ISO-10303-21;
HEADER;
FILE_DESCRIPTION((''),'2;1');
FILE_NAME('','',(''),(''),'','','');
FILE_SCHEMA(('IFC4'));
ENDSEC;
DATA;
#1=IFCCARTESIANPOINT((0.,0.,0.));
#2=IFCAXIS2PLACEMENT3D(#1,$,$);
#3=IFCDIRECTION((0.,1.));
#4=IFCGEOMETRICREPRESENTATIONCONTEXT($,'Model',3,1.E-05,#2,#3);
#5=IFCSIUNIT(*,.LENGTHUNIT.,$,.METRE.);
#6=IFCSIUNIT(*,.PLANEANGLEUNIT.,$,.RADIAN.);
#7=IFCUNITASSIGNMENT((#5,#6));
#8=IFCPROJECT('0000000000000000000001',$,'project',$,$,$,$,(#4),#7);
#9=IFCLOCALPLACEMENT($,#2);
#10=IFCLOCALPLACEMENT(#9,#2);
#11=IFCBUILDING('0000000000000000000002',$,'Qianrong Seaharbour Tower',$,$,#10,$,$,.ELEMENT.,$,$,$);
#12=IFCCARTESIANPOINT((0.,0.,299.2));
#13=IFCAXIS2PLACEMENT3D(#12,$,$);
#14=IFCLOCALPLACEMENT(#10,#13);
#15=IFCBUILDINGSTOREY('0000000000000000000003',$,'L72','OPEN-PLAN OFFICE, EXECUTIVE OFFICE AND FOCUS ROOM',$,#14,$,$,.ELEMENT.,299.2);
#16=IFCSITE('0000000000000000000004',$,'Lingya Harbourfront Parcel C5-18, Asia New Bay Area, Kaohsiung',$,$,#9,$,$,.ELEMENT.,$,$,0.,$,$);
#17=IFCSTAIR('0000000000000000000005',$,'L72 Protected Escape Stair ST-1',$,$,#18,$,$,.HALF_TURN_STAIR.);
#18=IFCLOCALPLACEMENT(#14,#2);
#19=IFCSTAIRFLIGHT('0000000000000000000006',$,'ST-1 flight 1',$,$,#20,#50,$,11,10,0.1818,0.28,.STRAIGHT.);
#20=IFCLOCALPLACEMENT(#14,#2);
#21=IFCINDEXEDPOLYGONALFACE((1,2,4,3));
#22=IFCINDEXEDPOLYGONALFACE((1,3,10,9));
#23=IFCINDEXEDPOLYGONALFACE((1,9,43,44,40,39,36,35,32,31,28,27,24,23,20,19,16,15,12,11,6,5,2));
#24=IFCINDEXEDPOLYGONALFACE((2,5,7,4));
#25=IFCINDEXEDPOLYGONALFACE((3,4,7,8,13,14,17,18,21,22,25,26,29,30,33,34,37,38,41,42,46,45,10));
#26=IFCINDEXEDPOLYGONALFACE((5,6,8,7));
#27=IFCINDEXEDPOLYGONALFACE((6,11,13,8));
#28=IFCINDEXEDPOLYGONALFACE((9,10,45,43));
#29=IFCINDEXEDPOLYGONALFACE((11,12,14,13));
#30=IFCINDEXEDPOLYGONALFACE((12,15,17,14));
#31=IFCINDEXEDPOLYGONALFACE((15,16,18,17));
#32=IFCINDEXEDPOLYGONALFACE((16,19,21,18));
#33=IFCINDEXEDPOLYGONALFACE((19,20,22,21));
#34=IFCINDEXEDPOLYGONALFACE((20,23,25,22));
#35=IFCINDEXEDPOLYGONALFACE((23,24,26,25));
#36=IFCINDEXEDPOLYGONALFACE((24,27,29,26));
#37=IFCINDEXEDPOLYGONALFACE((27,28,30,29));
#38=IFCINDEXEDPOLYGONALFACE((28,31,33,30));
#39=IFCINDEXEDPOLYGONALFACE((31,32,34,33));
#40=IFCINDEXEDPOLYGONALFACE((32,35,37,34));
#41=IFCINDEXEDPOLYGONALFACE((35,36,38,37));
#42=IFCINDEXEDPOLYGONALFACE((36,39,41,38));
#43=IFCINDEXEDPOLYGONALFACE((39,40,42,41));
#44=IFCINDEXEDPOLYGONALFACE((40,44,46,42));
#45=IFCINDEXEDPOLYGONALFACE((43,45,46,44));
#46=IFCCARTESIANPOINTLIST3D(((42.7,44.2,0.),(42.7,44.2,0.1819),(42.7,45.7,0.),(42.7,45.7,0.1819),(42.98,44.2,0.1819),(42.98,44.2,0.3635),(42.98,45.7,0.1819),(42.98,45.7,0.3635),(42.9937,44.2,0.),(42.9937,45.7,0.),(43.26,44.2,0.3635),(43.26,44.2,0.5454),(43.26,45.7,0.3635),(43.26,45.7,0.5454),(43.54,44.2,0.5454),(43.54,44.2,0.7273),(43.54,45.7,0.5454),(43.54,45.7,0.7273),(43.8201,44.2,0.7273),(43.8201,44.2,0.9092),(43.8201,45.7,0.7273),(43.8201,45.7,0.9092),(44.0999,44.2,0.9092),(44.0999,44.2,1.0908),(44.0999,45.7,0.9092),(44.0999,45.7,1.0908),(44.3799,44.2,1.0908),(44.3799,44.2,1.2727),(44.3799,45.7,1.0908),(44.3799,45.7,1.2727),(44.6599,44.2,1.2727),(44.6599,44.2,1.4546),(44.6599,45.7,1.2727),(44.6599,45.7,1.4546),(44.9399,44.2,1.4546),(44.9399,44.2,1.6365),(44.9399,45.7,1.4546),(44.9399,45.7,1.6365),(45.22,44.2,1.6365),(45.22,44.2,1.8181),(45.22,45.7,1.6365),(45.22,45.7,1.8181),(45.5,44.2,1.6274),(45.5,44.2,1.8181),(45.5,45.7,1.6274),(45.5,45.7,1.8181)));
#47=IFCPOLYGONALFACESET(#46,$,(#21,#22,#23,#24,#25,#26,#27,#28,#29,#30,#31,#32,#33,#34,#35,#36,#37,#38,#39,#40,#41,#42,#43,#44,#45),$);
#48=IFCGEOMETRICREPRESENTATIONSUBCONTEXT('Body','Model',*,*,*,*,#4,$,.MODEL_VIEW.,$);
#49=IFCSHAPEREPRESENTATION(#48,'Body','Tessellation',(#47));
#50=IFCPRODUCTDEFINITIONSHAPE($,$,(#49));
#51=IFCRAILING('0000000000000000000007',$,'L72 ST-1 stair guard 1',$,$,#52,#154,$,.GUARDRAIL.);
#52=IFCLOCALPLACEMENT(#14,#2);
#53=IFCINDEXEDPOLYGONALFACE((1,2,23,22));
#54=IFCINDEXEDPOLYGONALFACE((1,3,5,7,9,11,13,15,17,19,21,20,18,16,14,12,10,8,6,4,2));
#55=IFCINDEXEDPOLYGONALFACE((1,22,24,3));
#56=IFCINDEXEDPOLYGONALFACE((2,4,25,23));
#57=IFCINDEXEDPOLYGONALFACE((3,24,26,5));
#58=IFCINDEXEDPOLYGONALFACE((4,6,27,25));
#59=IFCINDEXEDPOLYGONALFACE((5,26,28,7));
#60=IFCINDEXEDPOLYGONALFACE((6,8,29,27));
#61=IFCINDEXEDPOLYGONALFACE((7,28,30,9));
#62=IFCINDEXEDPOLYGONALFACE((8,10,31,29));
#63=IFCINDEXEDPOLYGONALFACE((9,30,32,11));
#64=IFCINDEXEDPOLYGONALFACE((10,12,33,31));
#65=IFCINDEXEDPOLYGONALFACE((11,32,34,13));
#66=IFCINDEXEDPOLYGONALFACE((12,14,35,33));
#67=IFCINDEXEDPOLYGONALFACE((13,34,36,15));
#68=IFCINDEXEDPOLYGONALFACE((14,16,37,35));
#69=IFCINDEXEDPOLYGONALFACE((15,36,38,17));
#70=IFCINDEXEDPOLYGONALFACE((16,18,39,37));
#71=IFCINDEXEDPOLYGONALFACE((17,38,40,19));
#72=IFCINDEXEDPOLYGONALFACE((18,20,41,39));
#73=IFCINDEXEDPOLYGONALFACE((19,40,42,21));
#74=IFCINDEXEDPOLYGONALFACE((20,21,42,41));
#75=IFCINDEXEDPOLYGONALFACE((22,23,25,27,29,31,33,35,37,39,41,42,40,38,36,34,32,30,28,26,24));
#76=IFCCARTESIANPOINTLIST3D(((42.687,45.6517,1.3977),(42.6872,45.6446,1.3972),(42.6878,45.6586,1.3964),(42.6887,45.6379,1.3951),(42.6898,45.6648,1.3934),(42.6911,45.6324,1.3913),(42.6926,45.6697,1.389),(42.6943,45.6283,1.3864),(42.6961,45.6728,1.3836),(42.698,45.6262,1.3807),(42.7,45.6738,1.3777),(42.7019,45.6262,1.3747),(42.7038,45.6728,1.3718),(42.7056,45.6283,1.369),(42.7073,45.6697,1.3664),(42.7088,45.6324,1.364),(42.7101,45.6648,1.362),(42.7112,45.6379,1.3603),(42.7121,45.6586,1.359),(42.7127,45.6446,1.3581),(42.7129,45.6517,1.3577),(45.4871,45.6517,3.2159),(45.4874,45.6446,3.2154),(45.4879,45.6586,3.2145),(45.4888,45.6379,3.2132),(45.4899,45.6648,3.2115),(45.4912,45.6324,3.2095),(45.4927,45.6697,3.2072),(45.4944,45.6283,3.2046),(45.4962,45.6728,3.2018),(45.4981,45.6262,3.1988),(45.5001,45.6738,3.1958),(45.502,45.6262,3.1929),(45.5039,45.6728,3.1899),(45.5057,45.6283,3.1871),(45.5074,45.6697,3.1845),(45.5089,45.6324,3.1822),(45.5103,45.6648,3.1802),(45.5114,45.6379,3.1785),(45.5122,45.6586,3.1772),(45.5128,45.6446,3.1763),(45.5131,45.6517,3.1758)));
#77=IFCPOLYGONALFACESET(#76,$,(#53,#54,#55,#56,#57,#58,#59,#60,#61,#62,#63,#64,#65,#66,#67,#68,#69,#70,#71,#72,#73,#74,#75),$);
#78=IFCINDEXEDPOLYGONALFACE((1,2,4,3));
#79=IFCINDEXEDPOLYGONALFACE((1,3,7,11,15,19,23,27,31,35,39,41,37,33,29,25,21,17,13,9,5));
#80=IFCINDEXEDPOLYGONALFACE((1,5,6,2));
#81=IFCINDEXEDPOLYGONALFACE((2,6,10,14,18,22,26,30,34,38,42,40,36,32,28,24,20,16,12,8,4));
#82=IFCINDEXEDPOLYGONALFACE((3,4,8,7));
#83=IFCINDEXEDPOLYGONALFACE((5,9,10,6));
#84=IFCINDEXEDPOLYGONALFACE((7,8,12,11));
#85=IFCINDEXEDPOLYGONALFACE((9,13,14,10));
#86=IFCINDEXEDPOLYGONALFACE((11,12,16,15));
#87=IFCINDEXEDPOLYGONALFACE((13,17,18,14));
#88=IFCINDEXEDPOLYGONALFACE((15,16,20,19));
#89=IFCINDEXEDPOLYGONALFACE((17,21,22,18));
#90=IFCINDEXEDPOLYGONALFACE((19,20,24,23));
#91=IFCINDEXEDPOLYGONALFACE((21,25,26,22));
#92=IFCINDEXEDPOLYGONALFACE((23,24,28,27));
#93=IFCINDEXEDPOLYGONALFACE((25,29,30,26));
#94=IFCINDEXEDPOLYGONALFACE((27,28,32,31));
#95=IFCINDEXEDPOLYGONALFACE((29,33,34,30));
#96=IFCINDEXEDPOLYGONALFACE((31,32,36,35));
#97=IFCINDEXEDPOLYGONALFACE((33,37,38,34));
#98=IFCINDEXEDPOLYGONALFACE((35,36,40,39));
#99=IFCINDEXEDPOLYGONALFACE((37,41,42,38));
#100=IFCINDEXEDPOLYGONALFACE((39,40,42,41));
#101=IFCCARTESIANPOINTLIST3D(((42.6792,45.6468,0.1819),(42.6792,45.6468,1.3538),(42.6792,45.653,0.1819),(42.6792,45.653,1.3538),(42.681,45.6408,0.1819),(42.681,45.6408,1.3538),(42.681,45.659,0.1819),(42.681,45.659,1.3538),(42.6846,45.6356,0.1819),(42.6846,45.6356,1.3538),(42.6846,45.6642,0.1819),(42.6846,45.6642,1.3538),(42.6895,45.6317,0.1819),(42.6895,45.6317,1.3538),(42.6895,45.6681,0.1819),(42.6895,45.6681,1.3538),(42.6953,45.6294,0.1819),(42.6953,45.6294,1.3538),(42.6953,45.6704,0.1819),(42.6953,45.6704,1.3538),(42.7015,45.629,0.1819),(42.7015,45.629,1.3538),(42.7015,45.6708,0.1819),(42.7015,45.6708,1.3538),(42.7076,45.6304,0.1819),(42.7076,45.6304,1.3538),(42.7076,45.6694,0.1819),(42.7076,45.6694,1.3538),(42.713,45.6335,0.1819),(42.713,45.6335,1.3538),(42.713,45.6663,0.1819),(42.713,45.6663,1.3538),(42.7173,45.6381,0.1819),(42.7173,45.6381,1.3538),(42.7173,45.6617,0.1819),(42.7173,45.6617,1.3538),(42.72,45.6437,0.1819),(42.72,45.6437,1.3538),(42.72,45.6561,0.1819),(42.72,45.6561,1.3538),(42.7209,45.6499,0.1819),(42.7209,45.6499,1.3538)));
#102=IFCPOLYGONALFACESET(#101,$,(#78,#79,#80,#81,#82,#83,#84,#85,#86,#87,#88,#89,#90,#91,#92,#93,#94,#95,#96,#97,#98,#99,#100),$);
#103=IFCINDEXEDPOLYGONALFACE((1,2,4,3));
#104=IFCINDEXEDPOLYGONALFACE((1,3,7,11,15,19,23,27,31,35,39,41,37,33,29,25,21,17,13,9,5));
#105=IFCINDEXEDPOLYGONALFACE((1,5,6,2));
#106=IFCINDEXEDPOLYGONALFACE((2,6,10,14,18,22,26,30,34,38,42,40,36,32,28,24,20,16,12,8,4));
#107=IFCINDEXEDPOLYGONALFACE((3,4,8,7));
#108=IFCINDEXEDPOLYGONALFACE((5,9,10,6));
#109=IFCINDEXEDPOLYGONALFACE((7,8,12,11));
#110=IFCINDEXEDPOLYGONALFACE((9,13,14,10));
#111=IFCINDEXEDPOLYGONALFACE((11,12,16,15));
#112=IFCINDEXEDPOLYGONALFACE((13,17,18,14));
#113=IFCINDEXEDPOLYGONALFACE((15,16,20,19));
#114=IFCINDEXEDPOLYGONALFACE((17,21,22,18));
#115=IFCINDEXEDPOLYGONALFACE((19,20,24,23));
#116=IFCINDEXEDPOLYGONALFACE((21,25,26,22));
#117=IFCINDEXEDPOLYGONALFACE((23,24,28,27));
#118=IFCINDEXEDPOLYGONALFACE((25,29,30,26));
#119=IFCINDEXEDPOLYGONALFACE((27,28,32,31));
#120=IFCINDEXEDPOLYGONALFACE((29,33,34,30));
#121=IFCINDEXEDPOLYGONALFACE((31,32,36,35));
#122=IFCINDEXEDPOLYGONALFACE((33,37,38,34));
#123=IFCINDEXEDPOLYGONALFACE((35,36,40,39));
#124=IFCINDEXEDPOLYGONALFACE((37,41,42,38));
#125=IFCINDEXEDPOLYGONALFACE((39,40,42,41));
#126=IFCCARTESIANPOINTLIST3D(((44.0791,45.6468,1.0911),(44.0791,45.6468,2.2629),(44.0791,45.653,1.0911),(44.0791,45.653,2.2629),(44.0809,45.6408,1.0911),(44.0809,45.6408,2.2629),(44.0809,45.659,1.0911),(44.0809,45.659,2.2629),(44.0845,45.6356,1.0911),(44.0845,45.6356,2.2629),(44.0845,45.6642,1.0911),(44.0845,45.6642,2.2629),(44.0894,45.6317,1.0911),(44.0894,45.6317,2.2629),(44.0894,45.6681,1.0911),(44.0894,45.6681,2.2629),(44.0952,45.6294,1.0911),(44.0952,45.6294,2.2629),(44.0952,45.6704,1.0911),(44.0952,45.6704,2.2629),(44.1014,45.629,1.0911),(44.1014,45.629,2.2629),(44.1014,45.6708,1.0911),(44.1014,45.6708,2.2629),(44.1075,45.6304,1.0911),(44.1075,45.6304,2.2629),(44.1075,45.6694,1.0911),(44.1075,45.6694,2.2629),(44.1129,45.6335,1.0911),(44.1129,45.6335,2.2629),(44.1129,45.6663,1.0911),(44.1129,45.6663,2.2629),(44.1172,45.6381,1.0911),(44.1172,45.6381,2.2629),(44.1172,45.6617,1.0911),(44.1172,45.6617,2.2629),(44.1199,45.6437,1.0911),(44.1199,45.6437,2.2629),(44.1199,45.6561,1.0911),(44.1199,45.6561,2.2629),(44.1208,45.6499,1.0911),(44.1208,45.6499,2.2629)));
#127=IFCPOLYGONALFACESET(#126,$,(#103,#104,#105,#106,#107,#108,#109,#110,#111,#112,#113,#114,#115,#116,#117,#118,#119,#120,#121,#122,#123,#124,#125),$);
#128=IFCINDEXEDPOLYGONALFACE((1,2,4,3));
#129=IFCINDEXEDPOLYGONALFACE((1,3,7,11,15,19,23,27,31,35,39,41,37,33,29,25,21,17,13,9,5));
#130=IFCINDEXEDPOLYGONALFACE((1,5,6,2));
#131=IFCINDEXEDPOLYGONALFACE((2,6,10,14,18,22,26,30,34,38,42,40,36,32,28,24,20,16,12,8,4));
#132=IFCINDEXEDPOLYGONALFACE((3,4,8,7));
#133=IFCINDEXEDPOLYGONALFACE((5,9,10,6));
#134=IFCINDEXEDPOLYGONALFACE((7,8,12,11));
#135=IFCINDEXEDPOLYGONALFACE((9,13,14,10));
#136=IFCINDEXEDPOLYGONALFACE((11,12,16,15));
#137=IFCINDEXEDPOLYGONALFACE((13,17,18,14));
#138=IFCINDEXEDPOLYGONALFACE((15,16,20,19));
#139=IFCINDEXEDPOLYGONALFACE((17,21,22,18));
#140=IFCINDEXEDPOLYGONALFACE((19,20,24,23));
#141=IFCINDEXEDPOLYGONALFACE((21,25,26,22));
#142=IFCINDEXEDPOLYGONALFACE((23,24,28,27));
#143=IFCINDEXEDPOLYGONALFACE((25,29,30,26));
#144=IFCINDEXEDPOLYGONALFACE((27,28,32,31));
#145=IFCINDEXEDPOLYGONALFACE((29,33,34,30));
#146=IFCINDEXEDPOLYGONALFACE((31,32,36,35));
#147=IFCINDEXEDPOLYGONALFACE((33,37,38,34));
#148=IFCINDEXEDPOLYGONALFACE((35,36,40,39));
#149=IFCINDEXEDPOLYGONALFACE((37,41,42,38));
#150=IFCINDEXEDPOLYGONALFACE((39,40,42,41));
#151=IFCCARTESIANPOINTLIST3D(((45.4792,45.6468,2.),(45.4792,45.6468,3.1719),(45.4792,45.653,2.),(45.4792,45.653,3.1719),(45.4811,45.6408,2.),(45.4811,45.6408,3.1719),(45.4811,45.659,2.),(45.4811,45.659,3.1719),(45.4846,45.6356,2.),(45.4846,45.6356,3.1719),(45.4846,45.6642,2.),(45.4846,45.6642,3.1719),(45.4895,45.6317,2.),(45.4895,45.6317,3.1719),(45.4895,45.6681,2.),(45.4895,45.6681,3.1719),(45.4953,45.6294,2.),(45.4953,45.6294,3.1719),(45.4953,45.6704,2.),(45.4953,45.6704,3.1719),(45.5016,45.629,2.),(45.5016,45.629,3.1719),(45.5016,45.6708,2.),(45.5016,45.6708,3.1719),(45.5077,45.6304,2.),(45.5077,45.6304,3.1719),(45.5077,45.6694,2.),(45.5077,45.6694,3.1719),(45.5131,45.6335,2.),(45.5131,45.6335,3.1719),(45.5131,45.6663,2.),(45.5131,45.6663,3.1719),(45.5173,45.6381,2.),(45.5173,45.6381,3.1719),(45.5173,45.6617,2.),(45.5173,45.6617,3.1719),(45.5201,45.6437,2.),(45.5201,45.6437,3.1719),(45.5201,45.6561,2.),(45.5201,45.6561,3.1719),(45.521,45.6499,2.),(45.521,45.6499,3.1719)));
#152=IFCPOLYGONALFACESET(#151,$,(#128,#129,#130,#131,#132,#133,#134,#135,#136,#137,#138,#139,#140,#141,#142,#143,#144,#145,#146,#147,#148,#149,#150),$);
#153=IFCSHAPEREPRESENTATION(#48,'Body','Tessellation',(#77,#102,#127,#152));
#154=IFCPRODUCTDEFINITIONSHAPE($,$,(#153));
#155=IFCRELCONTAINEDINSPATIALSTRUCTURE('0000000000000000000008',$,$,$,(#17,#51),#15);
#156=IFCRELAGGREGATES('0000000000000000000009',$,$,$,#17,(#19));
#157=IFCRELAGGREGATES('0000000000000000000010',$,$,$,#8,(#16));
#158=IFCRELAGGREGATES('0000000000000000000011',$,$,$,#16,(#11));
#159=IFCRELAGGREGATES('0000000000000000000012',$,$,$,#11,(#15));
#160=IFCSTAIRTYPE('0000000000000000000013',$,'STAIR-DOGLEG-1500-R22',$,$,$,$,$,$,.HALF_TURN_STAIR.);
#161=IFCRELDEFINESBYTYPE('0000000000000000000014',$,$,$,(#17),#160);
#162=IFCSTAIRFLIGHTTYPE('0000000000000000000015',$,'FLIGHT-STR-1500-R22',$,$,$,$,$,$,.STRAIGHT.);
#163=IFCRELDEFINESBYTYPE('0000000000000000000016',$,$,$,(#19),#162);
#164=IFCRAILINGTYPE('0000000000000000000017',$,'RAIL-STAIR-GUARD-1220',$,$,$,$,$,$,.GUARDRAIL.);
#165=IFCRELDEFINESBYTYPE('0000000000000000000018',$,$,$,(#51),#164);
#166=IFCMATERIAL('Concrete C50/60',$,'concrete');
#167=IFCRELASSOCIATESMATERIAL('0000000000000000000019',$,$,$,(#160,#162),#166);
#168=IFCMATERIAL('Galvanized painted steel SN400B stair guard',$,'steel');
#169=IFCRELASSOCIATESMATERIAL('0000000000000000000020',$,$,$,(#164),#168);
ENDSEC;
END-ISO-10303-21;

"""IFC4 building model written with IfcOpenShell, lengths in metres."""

from ifc_helpers import new_model, si_unit, direction, frame, origin, origin_2d, place, context, subcontext, project, spatial, polyline, circle, outline, extrude, material, type_object, element, aggregate, save


model = new_model("IFC4")

# Units and contexts
model_context = context("Model", 3, precision=1e-05, world=origin(), true_north=direction((0.0, 1.0)))
body_context = subcontext(model_context, "Body", "Model", "MODEL_VIEW")
ifc_project = project(units=[si_unit("LENGTHUNIT", "METRE"), si_unit("PLANEANGLEUNIT", "RADIAN")], contexts=[model_context])

# Site, building, storey
site_placement = place(None, origin())
site = spatial("IfcSite", under=ifc_project, at=site_placement, Name="Lingya Harbourfront Parcel C5-18, Asia New Bay Area, Kaohsiung", CompositionType="ELEMENT", RefElevation=0.0)
building_placement = place(site_placement, origin())
building = spatial("IfcBuilding", under=site, at=building_placement, Name="Qianrong Seaharbour Tower", CompositionType="ELEMENT")
storey_placement = place(building_placement, frame((0.0, 0.0, 299.2)))
storey = spatial("IfcBuildingStorey", under=building, at=storey_placement, Name="L72", Description="OPEN-PLAN OFFICE, EXECUTIVE OFFICE AND FOCUS ROOM", CompositionType="ELEMENT", Elevation=299.2)

# Shared definitions
ifc_material_1 = material(Name="Concrete C50/60", Category="concrete")

# Stair, stair flight
stair_type = type_object("IfcStairType", Name="STAIR-DOGLEG-1500-R22", PredefinedType="HALF_TURN_STAIR", material=ifc_material_1)
stair_placement = place(storey_placement, origin())
stair = element("IfcStair", 1, at=stair_placement, inside=storey, type_object=stair_type, Name="L72 Protected Escape Stair ST-1", PredefinedType="HALF_TURN_STAIR")
stair_flight_type = type_object("IfcStairFlightType", Name="FLIGHT-STR-1500-R22", PredefinedType="STRAIGHT", material=ifc_material_1)
stair_flight_placement = place(storey_placement, frame((42.7, 44.95, 0.0), z_axis=(0.0, 0.0, 1.0), x_axis=(1.0, 0.0, 0.0)))
stair_flight = element("IfcStairFlight", 2, at=stair_flight_placement, type_object=stair_flight_type, Name="ST-1 flight 1", NumberOfRisers=11, NumberOfTreads=10, PredefinedType="STRAIGHT", RiserHeight=0.1818, TreadLength=0.28, context=body_context, shape_type="SweptSolid", body=[
    extrude(outline(polyline([(0.0, 0.0), (0.0, 0.1819), (0.28, 0.1819), (0.28, 0.3635), (0.5601, 0.3635), (0.5601, 0.5454), (0.8401, 0.5454), (0.8401, 0.7273), (1.1201, 0.7273), (1.1201, 0.9092), (1.3999, 0.9092), (1.3999, 1.0908), (1.6799, 1.0908), (1.6799, 1.2727), (1.96, 1.2727), (1.96, 1.4546), (2.24, 1.4546), (2.24, 1.6365), (2.52, 1.6365), (2.52, 1.8181), (2.8, 1.8181), (2.8, 2.0), (2.8, 1.6274), (0.2937, 0.0), (0.0, 0.0)])), frame((0.0, 0.75, 0.0), z_axis=(0.0, -1.0, 0.0), x_axis=(1.0, 0.0, 0.0)), (0.0, 0.0, 1.0), 1.5),
])
aggregate(stair, [stair_flight])

# Railing
ifc_material_2 = material(Name="Galvanized painted steel SN400B stair guard", Category="steel")
railing_type_1 = type_object("IfcRailingType", Name="RAIL-STAIR-GUARD-1220", PredefinedType="GUARDRAIL", material=ifc_material_2)
railing_1_placement = place(storey_placement, frame((42.7, 45.6499, 0.1819)))
element("IfcRailing", 3, at=railing_1_placement, inside=storey, type_object=railing_type_1, Name="L72 ST-1 stair guard 1", PredefinedType="GUARDRAIL", context=body_context, shape_type="SweptSolid", body=[
    extrude(circle(Radius=0.0239, at=origin_2d()), frame((0.0, 0.0, 1.1958), z_axis=(0.838706, 0.0, 0.544585), x_axis=(0.0, 1.0, 0.0)), (0.0, 0.0, 1.0), 3.3386),
    extrude(circle(Radius=0.021, at=origin_2d()), origin(), (0.0, 0.0, 1.0), 1.1719),
    extrude(circle(Radius=0.021, at=origin_2d()), frame((1.3999, 0.0, 0.9092)), (0.0, 0.0, 1.0), 1.1719),
    extrude(circle(Radius=0.021, at=origin_2d()), frame((2.8, 0.0, 1.8181)), (0.0, 0.0, 1.0), 1.1719),
])

save(model, "model.ifc")
